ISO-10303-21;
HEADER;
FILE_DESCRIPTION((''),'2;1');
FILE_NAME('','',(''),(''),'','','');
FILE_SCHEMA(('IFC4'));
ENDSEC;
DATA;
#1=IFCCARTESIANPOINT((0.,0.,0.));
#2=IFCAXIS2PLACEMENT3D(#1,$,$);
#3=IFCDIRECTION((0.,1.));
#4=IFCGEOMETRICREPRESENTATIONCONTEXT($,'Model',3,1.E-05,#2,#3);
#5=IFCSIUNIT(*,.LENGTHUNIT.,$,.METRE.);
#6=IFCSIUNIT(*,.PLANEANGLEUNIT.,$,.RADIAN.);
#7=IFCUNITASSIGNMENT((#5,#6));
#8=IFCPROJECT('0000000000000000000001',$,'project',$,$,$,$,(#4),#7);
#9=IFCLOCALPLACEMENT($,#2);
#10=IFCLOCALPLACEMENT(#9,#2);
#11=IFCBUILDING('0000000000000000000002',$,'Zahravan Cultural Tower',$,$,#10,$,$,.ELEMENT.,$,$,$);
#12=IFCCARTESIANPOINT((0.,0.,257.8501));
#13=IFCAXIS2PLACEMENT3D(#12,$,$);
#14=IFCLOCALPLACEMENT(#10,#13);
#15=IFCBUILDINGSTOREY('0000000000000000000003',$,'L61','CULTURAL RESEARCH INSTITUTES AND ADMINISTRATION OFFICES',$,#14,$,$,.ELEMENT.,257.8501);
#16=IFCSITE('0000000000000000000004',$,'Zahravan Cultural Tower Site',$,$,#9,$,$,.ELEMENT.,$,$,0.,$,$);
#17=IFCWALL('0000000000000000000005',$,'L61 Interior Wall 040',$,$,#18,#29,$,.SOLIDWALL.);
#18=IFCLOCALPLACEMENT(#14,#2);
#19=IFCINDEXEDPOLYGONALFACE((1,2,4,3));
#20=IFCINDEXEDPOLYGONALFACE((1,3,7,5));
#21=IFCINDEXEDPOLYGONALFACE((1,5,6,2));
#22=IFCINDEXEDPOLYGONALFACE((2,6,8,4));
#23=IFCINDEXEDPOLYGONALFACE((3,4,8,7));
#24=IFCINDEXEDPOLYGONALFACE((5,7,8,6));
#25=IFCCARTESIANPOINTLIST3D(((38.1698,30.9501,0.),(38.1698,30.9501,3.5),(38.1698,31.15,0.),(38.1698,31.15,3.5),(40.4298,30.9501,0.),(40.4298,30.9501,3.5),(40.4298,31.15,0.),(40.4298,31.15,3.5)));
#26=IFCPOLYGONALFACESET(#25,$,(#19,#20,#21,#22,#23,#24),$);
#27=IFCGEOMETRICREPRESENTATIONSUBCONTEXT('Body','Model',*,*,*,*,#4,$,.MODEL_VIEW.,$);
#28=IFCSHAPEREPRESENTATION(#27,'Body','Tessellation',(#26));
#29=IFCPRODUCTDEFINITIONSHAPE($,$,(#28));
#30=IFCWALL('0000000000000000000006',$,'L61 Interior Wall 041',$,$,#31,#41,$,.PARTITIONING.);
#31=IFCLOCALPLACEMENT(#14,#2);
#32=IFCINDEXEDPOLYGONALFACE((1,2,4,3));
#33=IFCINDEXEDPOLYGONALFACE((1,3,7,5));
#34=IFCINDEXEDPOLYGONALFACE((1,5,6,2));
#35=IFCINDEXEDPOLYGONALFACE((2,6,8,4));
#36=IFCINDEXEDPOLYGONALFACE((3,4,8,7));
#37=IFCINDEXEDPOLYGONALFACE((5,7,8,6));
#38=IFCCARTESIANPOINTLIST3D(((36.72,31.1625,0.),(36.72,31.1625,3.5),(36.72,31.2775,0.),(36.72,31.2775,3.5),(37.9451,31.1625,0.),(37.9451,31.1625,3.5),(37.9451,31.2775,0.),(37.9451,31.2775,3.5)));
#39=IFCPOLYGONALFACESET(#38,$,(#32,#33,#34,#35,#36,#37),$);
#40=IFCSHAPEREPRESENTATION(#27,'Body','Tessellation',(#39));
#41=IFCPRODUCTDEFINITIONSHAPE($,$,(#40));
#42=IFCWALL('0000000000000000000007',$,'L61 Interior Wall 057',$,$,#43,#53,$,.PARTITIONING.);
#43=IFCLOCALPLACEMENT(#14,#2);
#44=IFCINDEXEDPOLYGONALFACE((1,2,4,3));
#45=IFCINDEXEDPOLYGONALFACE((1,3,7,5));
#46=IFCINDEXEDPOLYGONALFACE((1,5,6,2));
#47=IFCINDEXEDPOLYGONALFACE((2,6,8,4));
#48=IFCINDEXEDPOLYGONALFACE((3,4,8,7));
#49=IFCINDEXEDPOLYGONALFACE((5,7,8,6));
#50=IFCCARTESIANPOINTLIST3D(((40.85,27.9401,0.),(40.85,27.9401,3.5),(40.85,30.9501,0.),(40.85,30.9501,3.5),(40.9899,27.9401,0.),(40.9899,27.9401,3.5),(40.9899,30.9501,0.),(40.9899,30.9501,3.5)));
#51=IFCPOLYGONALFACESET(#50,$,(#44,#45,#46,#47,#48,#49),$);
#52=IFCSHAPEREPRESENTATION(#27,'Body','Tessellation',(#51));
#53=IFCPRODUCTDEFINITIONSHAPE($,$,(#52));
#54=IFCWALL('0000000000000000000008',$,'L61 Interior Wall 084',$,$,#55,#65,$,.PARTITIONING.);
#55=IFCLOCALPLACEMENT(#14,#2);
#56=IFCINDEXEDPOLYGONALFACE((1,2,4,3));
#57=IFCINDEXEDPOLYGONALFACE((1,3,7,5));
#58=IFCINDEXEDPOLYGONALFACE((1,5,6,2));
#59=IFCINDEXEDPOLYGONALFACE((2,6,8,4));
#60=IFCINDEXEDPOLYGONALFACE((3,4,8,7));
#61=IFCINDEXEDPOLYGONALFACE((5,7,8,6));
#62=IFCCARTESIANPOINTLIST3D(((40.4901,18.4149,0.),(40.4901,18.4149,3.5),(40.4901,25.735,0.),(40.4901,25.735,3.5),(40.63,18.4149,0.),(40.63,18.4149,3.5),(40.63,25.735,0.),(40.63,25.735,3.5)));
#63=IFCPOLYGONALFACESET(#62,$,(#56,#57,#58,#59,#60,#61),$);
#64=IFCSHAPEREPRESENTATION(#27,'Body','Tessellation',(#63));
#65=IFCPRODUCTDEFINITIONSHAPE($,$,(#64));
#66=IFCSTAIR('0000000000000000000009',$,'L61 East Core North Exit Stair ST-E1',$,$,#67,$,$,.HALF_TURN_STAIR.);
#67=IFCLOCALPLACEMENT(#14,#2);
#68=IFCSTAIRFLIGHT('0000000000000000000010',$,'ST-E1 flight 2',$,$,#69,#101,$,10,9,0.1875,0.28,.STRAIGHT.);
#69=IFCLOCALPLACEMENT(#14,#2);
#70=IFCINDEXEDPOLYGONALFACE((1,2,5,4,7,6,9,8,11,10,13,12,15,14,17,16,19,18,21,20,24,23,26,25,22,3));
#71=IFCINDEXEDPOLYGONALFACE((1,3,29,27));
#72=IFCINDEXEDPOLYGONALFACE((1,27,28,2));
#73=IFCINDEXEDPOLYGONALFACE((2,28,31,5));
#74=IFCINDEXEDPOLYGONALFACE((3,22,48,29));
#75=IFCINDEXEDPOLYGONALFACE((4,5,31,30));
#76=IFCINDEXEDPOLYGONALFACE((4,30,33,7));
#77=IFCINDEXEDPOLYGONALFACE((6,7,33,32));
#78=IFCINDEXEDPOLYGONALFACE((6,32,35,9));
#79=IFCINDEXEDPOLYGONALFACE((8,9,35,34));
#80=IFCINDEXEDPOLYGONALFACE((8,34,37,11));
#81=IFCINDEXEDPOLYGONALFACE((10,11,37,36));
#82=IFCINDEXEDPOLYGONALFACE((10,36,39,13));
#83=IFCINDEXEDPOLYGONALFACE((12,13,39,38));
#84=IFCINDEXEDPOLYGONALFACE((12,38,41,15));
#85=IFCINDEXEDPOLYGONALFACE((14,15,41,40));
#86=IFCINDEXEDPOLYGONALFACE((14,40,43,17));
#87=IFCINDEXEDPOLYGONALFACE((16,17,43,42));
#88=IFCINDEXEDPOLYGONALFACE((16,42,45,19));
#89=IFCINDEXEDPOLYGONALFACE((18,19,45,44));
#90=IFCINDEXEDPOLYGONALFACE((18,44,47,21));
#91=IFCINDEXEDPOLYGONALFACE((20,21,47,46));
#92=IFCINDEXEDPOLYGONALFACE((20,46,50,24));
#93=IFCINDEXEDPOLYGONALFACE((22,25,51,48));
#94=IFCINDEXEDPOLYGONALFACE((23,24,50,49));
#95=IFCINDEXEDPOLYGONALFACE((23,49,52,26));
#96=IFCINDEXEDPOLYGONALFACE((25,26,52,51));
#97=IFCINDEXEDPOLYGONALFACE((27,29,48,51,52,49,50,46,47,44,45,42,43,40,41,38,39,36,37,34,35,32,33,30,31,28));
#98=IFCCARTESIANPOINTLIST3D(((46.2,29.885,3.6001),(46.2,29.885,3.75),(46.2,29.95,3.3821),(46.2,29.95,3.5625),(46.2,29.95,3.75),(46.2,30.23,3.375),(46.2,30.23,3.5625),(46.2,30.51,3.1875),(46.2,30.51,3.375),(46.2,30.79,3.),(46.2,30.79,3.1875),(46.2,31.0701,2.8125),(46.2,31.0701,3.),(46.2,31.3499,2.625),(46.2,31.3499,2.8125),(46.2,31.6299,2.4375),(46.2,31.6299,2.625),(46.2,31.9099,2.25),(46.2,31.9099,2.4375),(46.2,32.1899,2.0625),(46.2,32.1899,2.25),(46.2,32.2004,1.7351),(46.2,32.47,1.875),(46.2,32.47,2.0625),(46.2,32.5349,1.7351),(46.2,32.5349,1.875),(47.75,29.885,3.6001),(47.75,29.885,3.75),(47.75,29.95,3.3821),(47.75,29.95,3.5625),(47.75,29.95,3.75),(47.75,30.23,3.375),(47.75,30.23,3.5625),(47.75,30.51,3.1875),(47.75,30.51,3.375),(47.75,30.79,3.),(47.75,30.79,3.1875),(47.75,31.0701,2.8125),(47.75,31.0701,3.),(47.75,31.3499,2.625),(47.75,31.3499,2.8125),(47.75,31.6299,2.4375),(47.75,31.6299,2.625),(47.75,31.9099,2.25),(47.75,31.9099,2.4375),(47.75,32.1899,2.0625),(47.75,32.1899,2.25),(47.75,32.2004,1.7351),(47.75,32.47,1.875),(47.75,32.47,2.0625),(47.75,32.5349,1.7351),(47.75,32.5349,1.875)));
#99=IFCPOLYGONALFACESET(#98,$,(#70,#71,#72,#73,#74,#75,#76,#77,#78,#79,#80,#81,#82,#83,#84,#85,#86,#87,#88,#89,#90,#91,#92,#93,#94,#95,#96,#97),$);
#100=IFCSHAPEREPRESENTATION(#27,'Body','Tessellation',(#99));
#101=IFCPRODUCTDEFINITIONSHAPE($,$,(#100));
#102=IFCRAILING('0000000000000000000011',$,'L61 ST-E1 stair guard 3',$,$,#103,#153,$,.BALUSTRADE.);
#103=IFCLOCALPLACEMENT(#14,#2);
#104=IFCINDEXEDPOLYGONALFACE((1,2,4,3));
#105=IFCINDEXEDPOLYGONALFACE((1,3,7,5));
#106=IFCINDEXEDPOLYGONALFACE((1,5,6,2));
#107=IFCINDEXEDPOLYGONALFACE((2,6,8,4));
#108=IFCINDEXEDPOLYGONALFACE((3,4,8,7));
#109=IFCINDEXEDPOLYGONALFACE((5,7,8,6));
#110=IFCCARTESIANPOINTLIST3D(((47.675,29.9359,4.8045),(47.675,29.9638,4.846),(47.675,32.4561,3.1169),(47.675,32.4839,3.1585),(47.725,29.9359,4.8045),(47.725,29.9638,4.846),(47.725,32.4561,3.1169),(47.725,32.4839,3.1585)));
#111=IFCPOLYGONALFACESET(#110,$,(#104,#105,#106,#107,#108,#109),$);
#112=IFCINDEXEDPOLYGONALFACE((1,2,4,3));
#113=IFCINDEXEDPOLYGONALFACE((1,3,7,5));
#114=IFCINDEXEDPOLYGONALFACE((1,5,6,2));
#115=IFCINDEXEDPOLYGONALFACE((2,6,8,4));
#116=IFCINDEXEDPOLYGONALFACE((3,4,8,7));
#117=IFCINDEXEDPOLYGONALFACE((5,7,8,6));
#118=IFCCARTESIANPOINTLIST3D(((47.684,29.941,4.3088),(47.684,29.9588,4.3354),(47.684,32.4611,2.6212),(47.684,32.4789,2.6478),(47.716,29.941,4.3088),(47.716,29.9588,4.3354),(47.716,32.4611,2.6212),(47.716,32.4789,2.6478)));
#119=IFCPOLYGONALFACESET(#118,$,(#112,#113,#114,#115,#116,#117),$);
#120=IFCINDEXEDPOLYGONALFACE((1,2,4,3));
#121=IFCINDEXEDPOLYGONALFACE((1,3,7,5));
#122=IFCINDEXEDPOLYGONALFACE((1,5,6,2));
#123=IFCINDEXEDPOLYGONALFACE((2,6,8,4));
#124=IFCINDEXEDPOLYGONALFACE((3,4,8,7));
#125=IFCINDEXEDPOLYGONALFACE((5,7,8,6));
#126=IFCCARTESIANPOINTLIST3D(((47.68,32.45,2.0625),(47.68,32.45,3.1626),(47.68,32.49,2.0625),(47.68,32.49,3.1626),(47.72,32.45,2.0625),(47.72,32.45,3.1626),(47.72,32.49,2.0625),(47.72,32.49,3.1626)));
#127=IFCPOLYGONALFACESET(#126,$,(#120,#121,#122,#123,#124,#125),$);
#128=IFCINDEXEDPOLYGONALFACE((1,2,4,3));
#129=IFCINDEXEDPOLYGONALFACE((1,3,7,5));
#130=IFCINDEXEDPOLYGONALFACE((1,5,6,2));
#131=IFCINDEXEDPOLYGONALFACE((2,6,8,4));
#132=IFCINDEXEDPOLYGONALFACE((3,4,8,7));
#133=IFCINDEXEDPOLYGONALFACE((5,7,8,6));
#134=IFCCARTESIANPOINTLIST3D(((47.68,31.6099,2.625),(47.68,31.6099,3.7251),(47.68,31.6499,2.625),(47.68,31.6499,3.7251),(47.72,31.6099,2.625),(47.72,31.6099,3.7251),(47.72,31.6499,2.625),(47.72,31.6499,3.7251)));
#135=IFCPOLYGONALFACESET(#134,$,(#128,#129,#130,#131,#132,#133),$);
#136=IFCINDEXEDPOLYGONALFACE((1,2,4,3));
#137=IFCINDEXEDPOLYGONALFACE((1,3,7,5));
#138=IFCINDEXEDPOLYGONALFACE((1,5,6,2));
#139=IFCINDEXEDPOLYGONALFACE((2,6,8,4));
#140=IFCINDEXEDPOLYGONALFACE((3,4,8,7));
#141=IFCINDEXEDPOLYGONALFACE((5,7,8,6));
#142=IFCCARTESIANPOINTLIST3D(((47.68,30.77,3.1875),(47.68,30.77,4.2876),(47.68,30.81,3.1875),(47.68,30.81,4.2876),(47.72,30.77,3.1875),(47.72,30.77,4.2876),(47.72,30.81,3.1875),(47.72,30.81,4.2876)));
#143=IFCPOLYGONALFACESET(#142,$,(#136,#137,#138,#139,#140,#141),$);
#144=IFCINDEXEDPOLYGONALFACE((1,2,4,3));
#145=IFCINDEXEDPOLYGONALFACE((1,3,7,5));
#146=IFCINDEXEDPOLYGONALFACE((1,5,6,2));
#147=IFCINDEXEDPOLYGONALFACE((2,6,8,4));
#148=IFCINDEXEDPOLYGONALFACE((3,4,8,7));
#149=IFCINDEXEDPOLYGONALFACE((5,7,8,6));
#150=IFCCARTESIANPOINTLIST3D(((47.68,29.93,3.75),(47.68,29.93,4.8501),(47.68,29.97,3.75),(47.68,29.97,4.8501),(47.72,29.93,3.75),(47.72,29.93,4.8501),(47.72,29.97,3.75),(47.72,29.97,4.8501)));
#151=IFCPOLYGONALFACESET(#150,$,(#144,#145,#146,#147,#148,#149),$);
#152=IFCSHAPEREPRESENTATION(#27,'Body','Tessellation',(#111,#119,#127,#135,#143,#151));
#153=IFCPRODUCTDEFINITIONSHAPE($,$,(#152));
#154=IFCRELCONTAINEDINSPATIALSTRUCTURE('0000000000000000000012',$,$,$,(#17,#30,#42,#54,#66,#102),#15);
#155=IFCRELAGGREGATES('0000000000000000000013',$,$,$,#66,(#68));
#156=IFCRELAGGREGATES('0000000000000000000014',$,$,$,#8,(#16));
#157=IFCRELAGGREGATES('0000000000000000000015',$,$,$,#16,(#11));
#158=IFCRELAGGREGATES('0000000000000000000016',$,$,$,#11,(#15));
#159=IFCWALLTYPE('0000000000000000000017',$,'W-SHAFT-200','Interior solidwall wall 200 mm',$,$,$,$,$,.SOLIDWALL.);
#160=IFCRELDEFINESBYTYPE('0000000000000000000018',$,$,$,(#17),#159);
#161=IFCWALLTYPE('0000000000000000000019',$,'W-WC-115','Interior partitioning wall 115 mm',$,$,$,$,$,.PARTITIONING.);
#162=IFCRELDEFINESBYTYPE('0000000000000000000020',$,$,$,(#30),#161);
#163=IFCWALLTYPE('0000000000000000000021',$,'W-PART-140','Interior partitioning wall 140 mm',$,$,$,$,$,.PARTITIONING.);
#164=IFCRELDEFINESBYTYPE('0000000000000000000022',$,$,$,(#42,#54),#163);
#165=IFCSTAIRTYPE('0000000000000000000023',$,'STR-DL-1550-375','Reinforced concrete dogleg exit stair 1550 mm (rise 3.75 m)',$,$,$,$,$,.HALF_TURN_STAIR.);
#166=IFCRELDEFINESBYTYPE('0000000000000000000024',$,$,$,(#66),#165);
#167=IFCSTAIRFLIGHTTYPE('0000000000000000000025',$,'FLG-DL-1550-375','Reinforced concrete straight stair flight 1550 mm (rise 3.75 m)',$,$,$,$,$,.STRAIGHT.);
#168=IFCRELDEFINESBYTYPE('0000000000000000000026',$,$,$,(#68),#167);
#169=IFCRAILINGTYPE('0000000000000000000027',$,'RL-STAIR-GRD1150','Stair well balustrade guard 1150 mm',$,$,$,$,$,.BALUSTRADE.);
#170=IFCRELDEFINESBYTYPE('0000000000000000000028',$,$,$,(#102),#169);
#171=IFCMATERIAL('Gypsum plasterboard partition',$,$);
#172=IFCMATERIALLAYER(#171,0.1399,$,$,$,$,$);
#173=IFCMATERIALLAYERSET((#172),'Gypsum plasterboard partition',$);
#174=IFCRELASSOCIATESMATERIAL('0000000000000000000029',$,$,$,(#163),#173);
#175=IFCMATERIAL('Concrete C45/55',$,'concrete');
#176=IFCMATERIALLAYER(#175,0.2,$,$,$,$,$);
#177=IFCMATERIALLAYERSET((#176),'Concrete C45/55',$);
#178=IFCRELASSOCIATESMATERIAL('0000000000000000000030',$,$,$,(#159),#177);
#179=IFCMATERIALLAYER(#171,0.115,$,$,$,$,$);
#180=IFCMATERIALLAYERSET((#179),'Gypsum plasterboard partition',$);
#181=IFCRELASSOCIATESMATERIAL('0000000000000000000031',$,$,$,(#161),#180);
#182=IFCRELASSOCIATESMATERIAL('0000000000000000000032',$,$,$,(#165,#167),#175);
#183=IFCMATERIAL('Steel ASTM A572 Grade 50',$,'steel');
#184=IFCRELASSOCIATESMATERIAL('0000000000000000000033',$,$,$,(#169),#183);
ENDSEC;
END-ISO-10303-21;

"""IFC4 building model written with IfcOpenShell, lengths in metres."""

from ifc_helpers import new_model, si_unit, direction, frame, frame_2d, origin, origin_2d, place, context, subcontext, project, spatial, polyline, rectangle, outline, extrude, source, transform, mapped, material, layer, layer_set, type_object, element, aggregate, save


model = new_model("IFC4")

# Units and contexts
model_context = context("Model", 3, precision=1e-05, world=origin(), true_north=direction((0.0, 1.0)))
body_context = subcontext(model_context, "Body", "Model", "MODEL_VIEW")
ifc_project = project(units=[si_unit("LENGTHUNIT", "METRE"), si_unit("PLANEANGLEUNIT", "RADIAN")], contexts=[model_context])

# Site, building, storey
site_placement = place(None, origin())
site = spatial("IfcSite", under=ifc_project, at=site_placement, Name="Zahravan Cultural Tower Site", CompositionType="ELEMENT", RefElevation=0.0)
building_placement = place(site_placement, origin())
building = spatial("IfcBuilding", under=site, at=building_placement, Name="Zahravan Cultural Tower", CompositionType="ELEMENT")
storey_placement = place(building_placement, frame((0.0, 0.0, 257.8501)))
storey = spatial("IfcBuildingStorey", under=building, at=storey_placement, Name="L61", Description="CULTURAL RESEARCH INSTITUTES AND ADMINISTRATION OFFICES", CompositionType="ELEMENT", Elevation=257.8501)

# Shared definitions
ifc_material_1 = material(Name="Steel ASTM A572 Grade 50", Category="steel")
ifc_material_2 = material(Name="Gypsum plasterboard partition")
ifc_layer_1 = layer(ifc_material_2, 0.1399)
ifc_layer_set_1 = layer_set([ifc_layer_1], Name="Gypsum plasterboard partition")
wall_type_1 = type_object("IfcWallType", Name="W-PART-140", Description="Interior partitioning wall 140 mm", PredefinedType="PARTITIONING", material=ifc_layer_set_1)
ifc_material_3 = material(Name="Concrete C45/55", Category="concrete")
ifc_layer_2 = layer(ifc_material_3, 0.2)
ifc_layer_set_2 = layer_set([ifc_layer_2], Name="Concrete C45/55")
wall_type_2 = type_object("IfcWallType", Name="W-SHAFT-200", Description="Interior solidwall wall 200 mm", PredefinedType="SOLIDWALL", material=ifc_layer_set_2)

# Walls
shared_shape_1 = source(origin(), body_context, "Body", "SweptSolid", [
    extrude(rectangle(XDim=2.26, YDim=0.2, at=frame_2d((1.1299, 0.0))), origin(), (0.0, 0.0, 1.0), 3.5),
])
wall_1_placement = place(storey_placement, frame((38.1699, 31.05, 0.0), z_axis=(0.0, 0.0, 1.0), x_axis=(1.0, 0.0, 0.0)))
element("IfcWall", 1, at=wall_1_placement, inside=storey, type_object=wall_type_2, Name="L61 Interior Wall 040", PredefinedType="SOLIDWALL", context=body_context, shape_type="MappedRepresentation", body=[
    mapped(shared_shape_1, transform((0.0, 0.0, 0.0), x_axis=(1.0, 0.0, 0.0), y_axis=(0.0, 1.0, 0.0), z_axis=(0.0, 0.0, 1.0), scale=1.0)),
])
ifc_layer_3 = layer(ifc_material_2, 0.115)
ifc_layer_set_3 = layer_set([ifc_layer_3], Name="Gypsum plasterboard partition")
wall_type_3 = type_object("IfcWallType", Name="W-WC-115", Description="Interior partitioning wall 115 mm", PredefinedType="PARTITIONING", material=ifc_layer_set_3)
shared_shape_2 = source(origin(), body_context, "Body", "SweptSolid", [
    extrude(rectangle(XDim=1.2251, YDim=0.115, at=frame_2d((0.6125, 0.0))), origin(), (0.0, 0.0, 1.0), 3.5),
])
wall_2_placement = place(storey_placement, frame((37.9451, 31.22, 0.0), z_axis=(0.0, 0.0, 1.0), x_axis=(-1.0, 0.0, 0.0)))
element("IfcWall", 2, at=wall_2_placement, inside=storey, type_object=wall_type_3, Name="L61 Interior Wall 041", PredefinedType="PARTITIONING", context=body_context, shape_type="MappedRepresentation", body=[
    mapped(shared_shape_2, transform((0.0, 0.0, 0.0), x_axis=(1.0, 0.0, 0.0), y_axis=(0.0, 1.0, 0.0), z_axis=(0.0, 0.0, 1.0), scale=1.0)),
])
shared_shape_3 = source(origin(), body_context, "Body", "SweptSolid", [
    extrude(rectangle(XDim=3.01, YDim=0.1399, at=frame_2d((1.5049, 0.0))), origin(), (0.0, 0.0, 1.0), 3.5),
])
wall_3_placement = place(storey_placement, frame((40.9199, 30.95, 0.0), z_axis=(0.0, 0.0, 1.0), x_axis=(0.0, -1.0, 0.0)))
element("IfcWall", 3, at=wall_3_placement, inside=storey, type_object=wall_type_1, Name="L61 Interior Wall 057", PredefinedType="PARTITIONING", context=body_context, shape_type="MappedRepresentation", body=[
    mapped(shared_shape_3, transform((0.0, 0.0, 0.0), x_axis=(1.0, 0.0, 0.0), y_axis=(0.0, 1.0, 0.0), z_axis=(0.0, 0.0, 1.0), scale=1.0)),
])
shared_shape_4 = source(origin(), body_context, "Body", "SweptSolid", [
    extrude(rectangle(XDim=7.3201, YDim=0.1399, at=frame_2d((3.6602, 0.0))), origin(), (0.0, 0.0, 1.0), 3.5),
])
wall_4_placement = place(storey_placement, frame((40.5601, 25.7351, 0.0), z_axis=(0.0, 0.0, 1.0), x_axis=(0.0, -1.0, 0.0)))
element("IfcWall", 4, at=wall_4_placement, inside=storey, type_object=wall_type_1, Name="L61 Interior Wall 084", PredefinedType="PARTITIONING", context=body_context, shape_type="MappedRepresentation", body=[
    mapped(shared_shape_4, transform((0.0, 0.0, 0.0), x_axis=(1.0, 0.0, 0.0), y_axis=(0.0, 1.0, 0.0), z_axis=(0.0, 0.0, 1.0), scale=1.0)),
])

# Stair, stair flight
stair_type = type_object("IfcStairType", Name="STR-DL-1550-375", Description="Reinforced concrete dogleg exit stair 1550 mm (rise 3.75 m)", PredefinedType="HALF_TURN_STAIR", material=ifc_material_3)
stair_placement = place(storey_placement, origin())
stair = element("IfcStair", 5, at=stair_placement, inside=storey, type_object=stair_type, Name="L61 East Core North Exit Stair ST-E1", PredefinedType="HALF_TURN_STAIR")
stair_flight_type = type_object("IfcStairFlightType", Name="FLG-DL-1550-375", Description="Reinforced concrete straight stair flight 1550 mm (rise 3.75 m)", PredefinedType="STRAIGHT", material=ifc_material_3)
stair_flight_placement = place(storey_placement, frame((46.9751, 32.47, 1.875), z_axis=(0.0, 0.0, 1.0), x_axis=(0.0, -1.0, 0.0)))
stair_flight = element("IfcStairFlight", 6, at=stair_flight_placement, type_object=stair_flight_type, Name="ST-E1 flight 2", NumberOfRisers=10, NumberOfTreads=9, PredefinedType="STRAIGHT", RiserHeight=0.1875, TreadLength=0.28, context=body_context, shape_type="SweptSolid", body=[
    extrude(outline(polyline([(-0.0649, -0.1399), (-0.0649, 0.0), (0.0, 0.0), (0.0, 0.1875), (0.28, 0.1875), (0.28, 0.375), (0.5601, 0.375), (0.5601, 0.5625), (0.8401, 0.5625), (0.8401, 0.75), (1.1201, 0.75), (1.1201, 0.9375), (1.3999, 0.9375), (1.3999, 1.125), (1.6799, 1.125), (1.6799, 1.3125), (1.96, 1.3125), (1.96, 1.5), (2.24, 1.5), (2.24, 1.6875), (2.52, 1.6875), (2.52, 1.875), (2.585, 1.875), (2.585, 1.7251), (2.52, 1.5071), (0.2695, -0.1399), (-0.0649, -0.1399)])), frame((0.0, 0.7749, 0.0), z_axis=(0.0, -1.0, 0.0), x_axis=(1.0, 0.0, 0.0)), (0.0, 0.0, 1.0), 1.55),
])
aggregate(stair, [stair_flight])

# Railing
railing_type_1 = type_object("IfcRailingType", Name="RL-STAIR-GRD1150", Description="Stair well balustrade guard 1150 mm", PredefinedType="BALUSTRADE", material=ifc_material_1)
railing_1_placement = place(storey_placement, frame((47.7, 32.47, 2.0625)))
element("IfcRailing", 7, at=railing_1_placement, inside=storey, type_object=railing_type_1, Name="L61 ST-E1 stair guard 3", PredefinedType="BALUSTRADE", context=body_context, shape_type="SweptSolid", body=[
    extrude(rectangle(XDim=0.05, YDim=0.05, at=origin_2d()), frame((0.0, 0.0, 1.0752), z_axis=(0.0, -0.830909, 0.556408), x_axis=(1.0, 0.0, 0.0)), (0.0, 0.0, 1.0), 3.033),
    extrude(rectangle(XDim=0.032, YDim=0.032, at=origin_2d()), frame((0.0, 0.0, 0.572), z_axis=(0.0, -0.830909, 0.556408), x_axis=(1.0, 0.0, 0.0)), (0.0, 0.0, 1.0), 3.033),
    extrude(rectangle(XDim=0.04, YDim=0.04, at=origin_2d()), origin(), (0.0, 0.0, 1.0), 1.1001),
    extrude(rectangle(XDim=0.04, YDim=0.04, at=origin_2d()), frame((0.0, -0.8401, 0.5625)), (0.0, 0.0, 1.0), 1.1001),
    extrude(rectangle(XDim=0.04, YDim=0.04, at=origin_2d()), frame((0.0, -1.6799, 1.125)), (0.0, 0.0, 1.0), 1.1001),
    extrude(rectangle(XDim=0.04, YDim=0.04, at=origin_2d()), frame((0.0, -2.52, 1.6875)), (0.0, 0.0, 1.0), 1.1001),
])

save(model, "model.ifc")
